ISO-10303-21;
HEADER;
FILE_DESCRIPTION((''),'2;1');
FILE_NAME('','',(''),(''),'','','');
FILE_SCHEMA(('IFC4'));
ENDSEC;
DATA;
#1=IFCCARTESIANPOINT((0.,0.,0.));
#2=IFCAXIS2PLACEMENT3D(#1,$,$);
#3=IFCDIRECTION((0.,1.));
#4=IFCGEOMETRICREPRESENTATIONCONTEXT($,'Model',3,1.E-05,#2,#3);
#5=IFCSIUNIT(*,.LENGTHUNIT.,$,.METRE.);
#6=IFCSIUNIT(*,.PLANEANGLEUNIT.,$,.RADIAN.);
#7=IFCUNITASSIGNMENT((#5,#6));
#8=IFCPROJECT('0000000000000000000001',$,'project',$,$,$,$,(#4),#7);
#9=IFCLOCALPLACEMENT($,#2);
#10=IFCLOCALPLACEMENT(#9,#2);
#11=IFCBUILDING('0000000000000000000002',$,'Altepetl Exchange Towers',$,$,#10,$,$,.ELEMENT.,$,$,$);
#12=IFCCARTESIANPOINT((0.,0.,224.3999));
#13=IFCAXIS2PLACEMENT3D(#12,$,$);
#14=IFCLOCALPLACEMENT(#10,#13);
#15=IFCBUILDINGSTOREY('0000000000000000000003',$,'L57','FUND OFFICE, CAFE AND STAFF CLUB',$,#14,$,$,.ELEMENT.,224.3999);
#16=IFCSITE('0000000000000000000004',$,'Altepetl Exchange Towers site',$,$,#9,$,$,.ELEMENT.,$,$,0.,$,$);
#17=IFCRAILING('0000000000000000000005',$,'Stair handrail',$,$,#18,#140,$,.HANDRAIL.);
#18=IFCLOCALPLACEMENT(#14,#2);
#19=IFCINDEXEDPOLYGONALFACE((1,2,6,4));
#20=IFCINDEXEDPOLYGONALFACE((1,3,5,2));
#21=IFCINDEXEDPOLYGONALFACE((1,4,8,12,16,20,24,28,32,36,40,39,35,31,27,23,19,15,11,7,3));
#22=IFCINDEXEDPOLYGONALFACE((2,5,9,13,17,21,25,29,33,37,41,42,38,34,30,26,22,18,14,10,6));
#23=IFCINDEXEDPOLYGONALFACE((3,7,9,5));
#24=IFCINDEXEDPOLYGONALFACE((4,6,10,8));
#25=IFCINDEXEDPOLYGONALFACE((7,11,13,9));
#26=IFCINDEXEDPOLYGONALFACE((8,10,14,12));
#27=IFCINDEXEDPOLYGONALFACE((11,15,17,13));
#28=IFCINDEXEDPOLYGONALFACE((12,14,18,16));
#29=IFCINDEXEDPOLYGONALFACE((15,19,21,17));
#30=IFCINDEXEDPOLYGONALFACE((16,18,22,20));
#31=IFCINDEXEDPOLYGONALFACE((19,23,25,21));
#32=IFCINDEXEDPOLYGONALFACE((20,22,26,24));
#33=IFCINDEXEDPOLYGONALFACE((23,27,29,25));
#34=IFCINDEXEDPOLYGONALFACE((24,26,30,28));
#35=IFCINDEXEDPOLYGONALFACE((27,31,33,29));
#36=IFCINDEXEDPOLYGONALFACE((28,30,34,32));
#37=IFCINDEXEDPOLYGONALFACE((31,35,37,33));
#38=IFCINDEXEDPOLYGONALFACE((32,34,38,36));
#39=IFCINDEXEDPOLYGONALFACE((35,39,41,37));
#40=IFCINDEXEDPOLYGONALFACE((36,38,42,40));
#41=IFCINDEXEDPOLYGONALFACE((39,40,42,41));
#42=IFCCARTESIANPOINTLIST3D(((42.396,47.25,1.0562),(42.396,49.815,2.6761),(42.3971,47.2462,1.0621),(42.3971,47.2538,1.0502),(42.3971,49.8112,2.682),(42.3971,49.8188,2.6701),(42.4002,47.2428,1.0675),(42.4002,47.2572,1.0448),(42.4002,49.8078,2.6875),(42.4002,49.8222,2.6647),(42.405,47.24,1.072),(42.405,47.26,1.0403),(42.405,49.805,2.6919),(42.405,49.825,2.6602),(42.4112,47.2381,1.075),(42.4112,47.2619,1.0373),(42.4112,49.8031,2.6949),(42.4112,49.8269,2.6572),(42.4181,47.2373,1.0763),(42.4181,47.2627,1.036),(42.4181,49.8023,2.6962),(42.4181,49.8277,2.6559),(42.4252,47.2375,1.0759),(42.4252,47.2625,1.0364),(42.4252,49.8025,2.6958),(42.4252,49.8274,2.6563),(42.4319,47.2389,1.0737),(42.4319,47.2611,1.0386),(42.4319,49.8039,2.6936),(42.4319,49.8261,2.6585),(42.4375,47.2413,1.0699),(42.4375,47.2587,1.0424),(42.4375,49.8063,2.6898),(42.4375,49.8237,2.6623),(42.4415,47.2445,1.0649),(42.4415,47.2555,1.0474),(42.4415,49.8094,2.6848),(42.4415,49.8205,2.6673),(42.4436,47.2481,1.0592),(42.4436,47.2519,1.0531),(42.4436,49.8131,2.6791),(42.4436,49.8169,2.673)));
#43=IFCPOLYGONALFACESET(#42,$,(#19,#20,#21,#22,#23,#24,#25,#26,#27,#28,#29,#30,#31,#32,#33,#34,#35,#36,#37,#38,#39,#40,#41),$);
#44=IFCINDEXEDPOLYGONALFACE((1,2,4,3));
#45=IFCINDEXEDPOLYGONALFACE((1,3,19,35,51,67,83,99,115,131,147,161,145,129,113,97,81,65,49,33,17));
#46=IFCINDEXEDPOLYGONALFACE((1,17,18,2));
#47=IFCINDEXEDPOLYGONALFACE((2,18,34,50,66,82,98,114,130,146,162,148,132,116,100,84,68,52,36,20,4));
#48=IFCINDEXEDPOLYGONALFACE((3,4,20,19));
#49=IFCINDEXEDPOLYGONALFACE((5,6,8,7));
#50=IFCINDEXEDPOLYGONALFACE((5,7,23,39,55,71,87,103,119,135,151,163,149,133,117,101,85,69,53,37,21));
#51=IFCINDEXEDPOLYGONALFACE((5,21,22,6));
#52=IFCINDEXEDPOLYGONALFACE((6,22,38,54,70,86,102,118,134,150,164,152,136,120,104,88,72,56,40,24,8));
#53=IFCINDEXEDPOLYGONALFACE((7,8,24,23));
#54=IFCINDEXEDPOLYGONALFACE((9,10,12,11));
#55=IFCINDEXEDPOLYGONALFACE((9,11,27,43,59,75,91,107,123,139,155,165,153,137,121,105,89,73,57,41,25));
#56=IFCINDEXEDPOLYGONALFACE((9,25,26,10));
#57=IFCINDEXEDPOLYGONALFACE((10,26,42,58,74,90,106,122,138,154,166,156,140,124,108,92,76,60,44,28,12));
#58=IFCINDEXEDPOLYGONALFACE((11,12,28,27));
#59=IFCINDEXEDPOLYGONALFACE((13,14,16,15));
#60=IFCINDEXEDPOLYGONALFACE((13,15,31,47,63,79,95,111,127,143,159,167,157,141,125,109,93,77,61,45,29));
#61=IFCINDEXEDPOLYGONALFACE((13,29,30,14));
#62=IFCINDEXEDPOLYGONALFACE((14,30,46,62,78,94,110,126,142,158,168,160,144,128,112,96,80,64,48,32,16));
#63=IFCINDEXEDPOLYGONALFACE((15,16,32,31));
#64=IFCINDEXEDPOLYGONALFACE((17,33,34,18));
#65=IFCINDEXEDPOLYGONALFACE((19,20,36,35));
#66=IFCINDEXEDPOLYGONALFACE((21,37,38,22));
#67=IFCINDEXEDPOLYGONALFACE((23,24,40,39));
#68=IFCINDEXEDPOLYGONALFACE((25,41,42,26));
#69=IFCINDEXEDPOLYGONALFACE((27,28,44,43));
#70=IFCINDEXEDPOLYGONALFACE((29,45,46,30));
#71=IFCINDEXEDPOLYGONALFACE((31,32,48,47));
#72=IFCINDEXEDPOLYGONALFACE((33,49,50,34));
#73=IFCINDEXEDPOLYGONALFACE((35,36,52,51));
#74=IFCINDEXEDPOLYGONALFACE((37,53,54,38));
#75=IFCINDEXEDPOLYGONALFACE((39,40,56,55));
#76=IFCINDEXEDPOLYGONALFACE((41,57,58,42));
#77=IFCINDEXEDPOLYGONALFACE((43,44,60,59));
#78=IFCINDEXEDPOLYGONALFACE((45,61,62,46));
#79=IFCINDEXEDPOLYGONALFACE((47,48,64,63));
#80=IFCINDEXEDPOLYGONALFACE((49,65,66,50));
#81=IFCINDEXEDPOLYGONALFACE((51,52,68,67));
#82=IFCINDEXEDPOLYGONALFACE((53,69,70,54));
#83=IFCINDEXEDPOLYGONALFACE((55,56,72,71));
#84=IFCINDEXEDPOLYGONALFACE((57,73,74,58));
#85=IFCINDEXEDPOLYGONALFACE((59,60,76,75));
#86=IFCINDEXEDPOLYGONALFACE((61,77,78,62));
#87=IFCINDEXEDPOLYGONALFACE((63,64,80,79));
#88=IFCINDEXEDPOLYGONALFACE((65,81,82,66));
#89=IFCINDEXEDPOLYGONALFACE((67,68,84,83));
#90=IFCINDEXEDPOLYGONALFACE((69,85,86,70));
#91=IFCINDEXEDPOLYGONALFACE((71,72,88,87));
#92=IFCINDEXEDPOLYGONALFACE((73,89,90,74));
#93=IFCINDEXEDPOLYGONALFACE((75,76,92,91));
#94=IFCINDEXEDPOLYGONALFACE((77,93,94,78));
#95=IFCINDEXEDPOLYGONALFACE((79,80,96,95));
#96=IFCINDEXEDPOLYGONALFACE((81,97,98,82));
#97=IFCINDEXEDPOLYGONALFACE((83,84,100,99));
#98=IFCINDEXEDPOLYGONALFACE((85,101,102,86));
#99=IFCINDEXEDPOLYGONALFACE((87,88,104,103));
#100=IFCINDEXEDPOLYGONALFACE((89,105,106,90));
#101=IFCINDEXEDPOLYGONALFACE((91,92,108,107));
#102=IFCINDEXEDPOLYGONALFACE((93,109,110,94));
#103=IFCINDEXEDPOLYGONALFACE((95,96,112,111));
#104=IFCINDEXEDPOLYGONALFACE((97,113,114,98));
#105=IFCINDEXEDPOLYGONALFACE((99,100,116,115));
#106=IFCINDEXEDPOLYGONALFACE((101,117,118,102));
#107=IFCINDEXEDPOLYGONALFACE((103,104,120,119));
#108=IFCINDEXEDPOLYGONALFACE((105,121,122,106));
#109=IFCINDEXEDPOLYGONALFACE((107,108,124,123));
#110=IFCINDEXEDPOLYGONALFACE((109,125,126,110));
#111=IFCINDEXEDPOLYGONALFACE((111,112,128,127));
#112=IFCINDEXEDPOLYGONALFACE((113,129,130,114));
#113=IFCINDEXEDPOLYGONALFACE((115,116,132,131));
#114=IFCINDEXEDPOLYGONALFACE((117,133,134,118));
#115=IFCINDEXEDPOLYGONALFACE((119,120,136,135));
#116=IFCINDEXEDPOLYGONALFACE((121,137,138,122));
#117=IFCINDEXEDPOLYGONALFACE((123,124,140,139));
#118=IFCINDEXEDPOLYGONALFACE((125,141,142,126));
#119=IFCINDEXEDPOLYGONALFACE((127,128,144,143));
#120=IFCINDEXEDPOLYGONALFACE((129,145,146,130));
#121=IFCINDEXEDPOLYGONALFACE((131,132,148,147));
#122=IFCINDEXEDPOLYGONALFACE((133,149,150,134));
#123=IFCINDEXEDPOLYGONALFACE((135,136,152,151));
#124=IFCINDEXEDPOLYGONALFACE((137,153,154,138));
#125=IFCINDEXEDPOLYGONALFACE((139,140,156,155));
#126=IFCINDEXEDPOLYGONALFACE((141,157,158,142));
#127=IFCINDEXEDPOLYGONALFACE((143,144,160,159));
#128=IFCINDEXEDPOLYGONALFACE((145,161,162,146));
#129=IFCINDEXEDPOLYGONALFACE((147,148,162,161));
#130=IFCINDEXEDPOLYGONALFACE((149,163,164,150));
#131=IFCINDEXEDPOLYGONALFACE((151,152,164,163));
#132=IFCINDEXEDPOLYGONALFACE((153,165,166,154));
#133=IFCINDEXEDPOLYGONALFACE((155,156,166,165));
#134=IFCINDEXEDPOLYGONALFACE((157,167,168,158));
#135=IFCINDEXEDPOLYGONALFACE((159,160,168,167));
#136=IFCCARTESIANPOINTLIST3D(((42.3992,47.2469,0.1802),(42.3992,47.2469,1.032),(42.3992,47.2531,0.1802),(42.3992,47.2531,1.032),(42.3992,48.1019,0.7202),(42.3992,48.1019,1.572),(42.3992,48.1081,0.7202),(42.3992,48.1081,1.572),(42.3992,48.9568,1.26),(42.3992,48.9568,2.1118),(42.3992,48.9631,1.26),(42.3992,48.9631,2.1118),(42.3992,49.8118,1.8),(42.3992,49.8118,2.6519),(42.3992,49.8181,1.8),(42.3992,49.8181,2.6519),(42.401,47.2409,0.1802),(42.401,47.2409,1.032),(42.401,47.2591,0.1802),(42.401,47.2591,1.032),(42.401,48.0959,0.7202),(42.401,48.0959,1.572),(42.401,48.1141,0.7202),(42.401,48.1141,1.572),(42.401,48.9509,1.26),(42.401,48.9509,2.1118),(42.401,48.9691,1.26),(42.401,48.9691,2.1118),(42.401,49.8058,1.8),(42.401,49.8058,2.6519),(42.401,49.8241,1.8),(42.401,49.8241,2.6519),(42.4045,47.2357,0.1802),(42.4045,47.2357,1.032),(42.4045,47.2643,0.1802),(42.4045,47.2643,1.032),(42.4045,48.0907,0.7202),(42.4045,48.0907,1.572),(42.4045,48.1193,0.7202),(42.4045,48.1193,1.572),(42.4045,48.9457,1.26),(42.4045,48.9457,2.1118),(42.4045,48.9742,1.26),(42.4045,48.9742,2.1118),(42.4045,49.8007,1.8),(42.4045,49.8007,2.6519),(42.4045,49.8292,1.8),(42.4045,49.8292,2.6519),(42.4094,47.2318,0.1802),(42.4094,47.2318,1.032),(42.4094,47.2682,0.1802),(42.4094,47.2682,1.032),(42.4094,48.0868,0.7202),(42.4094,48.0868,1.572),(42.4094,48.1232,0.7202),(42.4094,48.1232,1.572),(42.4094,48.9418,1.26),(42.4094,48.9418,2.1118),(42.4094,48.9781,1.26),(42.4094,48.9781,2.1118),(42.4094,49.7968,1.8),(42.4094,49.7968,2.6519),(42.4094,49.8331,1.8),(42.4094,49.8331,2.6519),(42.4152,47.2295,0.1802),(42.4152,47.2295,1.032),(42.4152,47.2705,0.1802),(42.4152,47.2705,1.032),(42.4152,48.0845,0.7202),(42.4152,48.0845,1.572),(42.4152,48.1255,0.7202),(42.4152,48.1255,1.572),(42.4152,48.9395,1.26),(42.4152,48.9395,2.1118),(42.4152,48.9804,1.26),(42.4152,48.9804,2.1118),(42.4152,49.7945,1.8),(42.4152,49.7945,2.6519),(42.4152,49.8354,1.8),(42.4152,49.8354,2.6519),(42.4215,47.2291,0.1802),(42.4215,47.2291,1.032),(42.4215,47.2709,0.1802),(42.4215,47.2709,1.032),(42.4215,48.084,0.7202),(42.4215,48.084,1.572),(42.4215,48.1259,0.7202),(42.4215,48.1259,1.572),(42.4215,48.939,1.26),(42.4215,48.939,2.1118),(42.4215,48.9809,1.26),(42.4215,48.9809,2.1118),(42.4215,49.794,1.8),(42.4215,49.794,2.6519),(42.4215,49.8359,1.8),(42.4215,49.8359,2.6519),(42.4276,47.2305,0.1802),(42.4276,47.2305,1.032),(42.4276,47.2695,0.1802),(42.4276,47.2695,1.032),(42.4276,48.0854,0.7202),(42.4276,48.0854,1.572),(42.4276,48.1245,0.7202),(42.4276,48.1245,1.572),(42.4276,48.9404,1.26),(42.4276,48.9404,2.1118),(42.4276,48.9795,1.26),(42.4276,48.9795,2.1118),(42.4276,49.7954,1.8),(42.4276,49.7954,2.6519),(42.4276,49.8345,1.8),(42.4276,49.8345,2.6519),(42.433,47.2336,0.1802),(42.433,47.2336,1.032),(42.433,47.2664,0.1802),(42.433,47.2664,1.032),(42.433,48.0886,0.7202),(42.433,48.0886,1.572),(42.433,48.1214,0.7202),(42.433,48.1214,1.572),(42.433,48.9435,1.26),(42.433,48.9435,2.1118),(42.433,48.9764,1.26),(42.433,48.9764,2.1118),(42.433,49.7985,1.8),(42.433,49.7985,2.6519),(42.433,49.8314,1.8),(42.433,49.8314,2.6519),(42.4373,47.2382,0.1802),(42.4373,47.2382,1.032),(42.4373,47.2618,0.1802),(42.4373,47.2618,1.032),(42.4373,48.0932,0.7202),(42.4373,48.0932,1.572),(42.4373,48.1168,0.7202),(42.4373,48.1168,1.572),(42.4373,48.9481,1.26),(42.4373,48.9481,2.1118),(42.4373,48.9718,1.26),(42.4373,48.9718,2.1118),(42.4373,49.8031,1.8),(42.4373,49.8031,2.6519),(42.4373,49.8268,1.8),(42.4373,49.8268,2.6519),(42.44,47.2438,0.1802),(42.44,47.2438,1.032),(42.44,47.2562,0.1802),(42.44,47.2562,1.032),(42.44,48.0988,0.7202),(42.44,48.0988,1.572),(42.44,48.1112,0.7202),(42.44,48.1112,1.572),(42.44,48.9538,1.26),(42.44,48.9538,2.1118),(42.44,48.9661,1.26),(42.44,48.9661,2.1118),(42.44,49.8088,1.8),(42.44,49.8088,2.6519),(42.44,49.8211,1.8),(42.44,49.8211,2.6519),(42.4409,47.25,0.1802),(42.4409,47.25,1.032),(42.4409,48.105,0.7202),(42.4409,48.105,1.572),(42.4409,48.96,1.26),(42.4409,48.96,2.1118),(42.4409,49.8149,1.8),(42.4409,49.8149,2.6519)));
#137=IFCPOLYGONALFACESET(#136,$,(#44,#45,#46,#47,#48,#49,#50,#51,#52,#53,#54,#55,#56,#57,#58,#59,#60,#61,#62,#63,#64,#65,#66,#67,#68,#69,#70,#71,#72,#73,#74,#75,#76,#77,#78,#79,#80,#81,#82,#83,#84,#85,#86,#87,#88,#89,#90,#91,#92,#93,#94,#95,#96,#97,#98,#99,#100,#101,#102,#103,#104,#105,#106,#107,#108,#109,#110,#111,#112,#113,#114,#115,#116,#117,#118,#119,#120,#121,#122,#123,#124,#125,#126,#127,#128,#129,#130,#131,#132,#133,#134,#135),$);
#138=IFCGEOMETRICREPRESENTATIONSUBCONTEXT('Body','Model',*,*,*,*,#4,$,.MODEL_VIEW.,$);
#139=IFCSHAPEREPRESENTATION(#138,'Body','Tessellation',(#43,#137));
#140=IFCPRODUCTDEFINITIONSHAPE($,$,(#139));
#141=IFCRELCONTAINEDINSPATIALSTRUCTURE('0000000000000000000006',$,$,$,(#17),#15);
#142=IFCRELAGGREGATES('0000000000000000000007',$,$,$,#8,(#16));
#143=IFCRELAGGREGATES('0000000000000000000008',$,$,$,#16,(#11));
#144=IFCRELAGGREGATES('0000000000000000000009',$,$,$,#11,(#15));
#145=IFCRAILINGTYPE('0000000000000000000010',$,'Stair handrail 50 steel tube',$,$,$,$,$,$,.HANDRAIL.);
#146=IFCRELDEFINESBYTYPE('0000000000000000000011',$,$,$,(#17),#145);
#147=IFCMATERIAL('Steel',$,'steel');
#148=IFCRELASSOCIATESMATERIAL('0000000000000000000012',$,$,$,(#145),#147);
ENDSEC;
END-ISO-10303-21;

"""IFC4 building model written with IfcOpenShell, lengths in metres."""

from ifc_helpers import new_model, si_unit, direction, frame, origin, origin_2d, place, context, subcontext, project, spatial, circle, extrude, source, transform, mapped, material, type_object, element, save


model = new_model("IFC4")

# Units and contexts
model_context = context("Model", 3, precision=1e-05, world=origin(), true_north=direction((0.0, 1.0)))
body_context = subcontext(model_context, "Body", "Model", "MODEL_VIEW")
ifc_project = project(units=[si_unit("LENGTHUNIT", "METRE"), si_unit("PLANEANGLEUNIT", "RADIAN")], contexts=[model_context])

# Site, building, storey
site_placement = place(None, origin())
site = spatial("IfcSite", under=ifc_project, at=site_placement, Name="Altepetl Exchange Towers site", CompositionType="ELEMENT", RefElevation=0.0)
building_placement = place(site_placement, origin())
building = spatial("IfcBuilding", under=site, at=building_placement, Name="Altepetl Exchange Towers", CompositionType="ELEMENT")
storey_placement = place(building_placement, frame((0.0, 0.0, 224.3999)))
storey = spatial("IfcBuildingStorey", under=building, at=storey_placement, Name="L57", Description="FUND OFFICE, CAFE AND STAFF CLUB", CompositionType="ELEMENT", Elevation=224.3999)

# Railing
ifc_material_1 = material(Name="Steel", Category="steel")
railing_type = type_object("IfcRailingType", Name="Stair handrail 50 steel tube", PredefinedType="HANDRAIL", material=ifc_material_1)
shared_shape = source(origin(), body_context, "Body", "SweptSolid", [
    extrude(circle(Radius=0.021, at=origin_2d()), origin(), (0.0, 0.0, 1.0), 0.8518),
])
railing_1_placement = place(storey_placement, frame((42.4199, 47.25, 0.1802)))
element("IfcRailing", 1, at=railing_1_placement, inside=storey, type_object=railing_type, Name="Stair handrail", PredefinedType="HANDRAIL", context=body_context, shape_type="SweptSolid", body=[
    extrude(circle(Radius=0.0239, at=origin_2d()), frame((0.0, 0.0, 0.876), z_axis=(0.0, 0.845502, 0.533972), x_axis=(-1.0, 0.0, 0.0)), (0.0, 0.0, 1.0), 3.0337),
    mapped(shared_shape, transform((0.0, 0.0, 0.0))),
    mapped(shared_shape, transform((0.0, 0.855, 0.54))),
    mapped(shared_shape, transform((0.0, 1.71, 1.0798))),
    mapped(shared_shape, transform((0.0, 2.5649, 1.6199))),
])

save(model, "model.ifc")
